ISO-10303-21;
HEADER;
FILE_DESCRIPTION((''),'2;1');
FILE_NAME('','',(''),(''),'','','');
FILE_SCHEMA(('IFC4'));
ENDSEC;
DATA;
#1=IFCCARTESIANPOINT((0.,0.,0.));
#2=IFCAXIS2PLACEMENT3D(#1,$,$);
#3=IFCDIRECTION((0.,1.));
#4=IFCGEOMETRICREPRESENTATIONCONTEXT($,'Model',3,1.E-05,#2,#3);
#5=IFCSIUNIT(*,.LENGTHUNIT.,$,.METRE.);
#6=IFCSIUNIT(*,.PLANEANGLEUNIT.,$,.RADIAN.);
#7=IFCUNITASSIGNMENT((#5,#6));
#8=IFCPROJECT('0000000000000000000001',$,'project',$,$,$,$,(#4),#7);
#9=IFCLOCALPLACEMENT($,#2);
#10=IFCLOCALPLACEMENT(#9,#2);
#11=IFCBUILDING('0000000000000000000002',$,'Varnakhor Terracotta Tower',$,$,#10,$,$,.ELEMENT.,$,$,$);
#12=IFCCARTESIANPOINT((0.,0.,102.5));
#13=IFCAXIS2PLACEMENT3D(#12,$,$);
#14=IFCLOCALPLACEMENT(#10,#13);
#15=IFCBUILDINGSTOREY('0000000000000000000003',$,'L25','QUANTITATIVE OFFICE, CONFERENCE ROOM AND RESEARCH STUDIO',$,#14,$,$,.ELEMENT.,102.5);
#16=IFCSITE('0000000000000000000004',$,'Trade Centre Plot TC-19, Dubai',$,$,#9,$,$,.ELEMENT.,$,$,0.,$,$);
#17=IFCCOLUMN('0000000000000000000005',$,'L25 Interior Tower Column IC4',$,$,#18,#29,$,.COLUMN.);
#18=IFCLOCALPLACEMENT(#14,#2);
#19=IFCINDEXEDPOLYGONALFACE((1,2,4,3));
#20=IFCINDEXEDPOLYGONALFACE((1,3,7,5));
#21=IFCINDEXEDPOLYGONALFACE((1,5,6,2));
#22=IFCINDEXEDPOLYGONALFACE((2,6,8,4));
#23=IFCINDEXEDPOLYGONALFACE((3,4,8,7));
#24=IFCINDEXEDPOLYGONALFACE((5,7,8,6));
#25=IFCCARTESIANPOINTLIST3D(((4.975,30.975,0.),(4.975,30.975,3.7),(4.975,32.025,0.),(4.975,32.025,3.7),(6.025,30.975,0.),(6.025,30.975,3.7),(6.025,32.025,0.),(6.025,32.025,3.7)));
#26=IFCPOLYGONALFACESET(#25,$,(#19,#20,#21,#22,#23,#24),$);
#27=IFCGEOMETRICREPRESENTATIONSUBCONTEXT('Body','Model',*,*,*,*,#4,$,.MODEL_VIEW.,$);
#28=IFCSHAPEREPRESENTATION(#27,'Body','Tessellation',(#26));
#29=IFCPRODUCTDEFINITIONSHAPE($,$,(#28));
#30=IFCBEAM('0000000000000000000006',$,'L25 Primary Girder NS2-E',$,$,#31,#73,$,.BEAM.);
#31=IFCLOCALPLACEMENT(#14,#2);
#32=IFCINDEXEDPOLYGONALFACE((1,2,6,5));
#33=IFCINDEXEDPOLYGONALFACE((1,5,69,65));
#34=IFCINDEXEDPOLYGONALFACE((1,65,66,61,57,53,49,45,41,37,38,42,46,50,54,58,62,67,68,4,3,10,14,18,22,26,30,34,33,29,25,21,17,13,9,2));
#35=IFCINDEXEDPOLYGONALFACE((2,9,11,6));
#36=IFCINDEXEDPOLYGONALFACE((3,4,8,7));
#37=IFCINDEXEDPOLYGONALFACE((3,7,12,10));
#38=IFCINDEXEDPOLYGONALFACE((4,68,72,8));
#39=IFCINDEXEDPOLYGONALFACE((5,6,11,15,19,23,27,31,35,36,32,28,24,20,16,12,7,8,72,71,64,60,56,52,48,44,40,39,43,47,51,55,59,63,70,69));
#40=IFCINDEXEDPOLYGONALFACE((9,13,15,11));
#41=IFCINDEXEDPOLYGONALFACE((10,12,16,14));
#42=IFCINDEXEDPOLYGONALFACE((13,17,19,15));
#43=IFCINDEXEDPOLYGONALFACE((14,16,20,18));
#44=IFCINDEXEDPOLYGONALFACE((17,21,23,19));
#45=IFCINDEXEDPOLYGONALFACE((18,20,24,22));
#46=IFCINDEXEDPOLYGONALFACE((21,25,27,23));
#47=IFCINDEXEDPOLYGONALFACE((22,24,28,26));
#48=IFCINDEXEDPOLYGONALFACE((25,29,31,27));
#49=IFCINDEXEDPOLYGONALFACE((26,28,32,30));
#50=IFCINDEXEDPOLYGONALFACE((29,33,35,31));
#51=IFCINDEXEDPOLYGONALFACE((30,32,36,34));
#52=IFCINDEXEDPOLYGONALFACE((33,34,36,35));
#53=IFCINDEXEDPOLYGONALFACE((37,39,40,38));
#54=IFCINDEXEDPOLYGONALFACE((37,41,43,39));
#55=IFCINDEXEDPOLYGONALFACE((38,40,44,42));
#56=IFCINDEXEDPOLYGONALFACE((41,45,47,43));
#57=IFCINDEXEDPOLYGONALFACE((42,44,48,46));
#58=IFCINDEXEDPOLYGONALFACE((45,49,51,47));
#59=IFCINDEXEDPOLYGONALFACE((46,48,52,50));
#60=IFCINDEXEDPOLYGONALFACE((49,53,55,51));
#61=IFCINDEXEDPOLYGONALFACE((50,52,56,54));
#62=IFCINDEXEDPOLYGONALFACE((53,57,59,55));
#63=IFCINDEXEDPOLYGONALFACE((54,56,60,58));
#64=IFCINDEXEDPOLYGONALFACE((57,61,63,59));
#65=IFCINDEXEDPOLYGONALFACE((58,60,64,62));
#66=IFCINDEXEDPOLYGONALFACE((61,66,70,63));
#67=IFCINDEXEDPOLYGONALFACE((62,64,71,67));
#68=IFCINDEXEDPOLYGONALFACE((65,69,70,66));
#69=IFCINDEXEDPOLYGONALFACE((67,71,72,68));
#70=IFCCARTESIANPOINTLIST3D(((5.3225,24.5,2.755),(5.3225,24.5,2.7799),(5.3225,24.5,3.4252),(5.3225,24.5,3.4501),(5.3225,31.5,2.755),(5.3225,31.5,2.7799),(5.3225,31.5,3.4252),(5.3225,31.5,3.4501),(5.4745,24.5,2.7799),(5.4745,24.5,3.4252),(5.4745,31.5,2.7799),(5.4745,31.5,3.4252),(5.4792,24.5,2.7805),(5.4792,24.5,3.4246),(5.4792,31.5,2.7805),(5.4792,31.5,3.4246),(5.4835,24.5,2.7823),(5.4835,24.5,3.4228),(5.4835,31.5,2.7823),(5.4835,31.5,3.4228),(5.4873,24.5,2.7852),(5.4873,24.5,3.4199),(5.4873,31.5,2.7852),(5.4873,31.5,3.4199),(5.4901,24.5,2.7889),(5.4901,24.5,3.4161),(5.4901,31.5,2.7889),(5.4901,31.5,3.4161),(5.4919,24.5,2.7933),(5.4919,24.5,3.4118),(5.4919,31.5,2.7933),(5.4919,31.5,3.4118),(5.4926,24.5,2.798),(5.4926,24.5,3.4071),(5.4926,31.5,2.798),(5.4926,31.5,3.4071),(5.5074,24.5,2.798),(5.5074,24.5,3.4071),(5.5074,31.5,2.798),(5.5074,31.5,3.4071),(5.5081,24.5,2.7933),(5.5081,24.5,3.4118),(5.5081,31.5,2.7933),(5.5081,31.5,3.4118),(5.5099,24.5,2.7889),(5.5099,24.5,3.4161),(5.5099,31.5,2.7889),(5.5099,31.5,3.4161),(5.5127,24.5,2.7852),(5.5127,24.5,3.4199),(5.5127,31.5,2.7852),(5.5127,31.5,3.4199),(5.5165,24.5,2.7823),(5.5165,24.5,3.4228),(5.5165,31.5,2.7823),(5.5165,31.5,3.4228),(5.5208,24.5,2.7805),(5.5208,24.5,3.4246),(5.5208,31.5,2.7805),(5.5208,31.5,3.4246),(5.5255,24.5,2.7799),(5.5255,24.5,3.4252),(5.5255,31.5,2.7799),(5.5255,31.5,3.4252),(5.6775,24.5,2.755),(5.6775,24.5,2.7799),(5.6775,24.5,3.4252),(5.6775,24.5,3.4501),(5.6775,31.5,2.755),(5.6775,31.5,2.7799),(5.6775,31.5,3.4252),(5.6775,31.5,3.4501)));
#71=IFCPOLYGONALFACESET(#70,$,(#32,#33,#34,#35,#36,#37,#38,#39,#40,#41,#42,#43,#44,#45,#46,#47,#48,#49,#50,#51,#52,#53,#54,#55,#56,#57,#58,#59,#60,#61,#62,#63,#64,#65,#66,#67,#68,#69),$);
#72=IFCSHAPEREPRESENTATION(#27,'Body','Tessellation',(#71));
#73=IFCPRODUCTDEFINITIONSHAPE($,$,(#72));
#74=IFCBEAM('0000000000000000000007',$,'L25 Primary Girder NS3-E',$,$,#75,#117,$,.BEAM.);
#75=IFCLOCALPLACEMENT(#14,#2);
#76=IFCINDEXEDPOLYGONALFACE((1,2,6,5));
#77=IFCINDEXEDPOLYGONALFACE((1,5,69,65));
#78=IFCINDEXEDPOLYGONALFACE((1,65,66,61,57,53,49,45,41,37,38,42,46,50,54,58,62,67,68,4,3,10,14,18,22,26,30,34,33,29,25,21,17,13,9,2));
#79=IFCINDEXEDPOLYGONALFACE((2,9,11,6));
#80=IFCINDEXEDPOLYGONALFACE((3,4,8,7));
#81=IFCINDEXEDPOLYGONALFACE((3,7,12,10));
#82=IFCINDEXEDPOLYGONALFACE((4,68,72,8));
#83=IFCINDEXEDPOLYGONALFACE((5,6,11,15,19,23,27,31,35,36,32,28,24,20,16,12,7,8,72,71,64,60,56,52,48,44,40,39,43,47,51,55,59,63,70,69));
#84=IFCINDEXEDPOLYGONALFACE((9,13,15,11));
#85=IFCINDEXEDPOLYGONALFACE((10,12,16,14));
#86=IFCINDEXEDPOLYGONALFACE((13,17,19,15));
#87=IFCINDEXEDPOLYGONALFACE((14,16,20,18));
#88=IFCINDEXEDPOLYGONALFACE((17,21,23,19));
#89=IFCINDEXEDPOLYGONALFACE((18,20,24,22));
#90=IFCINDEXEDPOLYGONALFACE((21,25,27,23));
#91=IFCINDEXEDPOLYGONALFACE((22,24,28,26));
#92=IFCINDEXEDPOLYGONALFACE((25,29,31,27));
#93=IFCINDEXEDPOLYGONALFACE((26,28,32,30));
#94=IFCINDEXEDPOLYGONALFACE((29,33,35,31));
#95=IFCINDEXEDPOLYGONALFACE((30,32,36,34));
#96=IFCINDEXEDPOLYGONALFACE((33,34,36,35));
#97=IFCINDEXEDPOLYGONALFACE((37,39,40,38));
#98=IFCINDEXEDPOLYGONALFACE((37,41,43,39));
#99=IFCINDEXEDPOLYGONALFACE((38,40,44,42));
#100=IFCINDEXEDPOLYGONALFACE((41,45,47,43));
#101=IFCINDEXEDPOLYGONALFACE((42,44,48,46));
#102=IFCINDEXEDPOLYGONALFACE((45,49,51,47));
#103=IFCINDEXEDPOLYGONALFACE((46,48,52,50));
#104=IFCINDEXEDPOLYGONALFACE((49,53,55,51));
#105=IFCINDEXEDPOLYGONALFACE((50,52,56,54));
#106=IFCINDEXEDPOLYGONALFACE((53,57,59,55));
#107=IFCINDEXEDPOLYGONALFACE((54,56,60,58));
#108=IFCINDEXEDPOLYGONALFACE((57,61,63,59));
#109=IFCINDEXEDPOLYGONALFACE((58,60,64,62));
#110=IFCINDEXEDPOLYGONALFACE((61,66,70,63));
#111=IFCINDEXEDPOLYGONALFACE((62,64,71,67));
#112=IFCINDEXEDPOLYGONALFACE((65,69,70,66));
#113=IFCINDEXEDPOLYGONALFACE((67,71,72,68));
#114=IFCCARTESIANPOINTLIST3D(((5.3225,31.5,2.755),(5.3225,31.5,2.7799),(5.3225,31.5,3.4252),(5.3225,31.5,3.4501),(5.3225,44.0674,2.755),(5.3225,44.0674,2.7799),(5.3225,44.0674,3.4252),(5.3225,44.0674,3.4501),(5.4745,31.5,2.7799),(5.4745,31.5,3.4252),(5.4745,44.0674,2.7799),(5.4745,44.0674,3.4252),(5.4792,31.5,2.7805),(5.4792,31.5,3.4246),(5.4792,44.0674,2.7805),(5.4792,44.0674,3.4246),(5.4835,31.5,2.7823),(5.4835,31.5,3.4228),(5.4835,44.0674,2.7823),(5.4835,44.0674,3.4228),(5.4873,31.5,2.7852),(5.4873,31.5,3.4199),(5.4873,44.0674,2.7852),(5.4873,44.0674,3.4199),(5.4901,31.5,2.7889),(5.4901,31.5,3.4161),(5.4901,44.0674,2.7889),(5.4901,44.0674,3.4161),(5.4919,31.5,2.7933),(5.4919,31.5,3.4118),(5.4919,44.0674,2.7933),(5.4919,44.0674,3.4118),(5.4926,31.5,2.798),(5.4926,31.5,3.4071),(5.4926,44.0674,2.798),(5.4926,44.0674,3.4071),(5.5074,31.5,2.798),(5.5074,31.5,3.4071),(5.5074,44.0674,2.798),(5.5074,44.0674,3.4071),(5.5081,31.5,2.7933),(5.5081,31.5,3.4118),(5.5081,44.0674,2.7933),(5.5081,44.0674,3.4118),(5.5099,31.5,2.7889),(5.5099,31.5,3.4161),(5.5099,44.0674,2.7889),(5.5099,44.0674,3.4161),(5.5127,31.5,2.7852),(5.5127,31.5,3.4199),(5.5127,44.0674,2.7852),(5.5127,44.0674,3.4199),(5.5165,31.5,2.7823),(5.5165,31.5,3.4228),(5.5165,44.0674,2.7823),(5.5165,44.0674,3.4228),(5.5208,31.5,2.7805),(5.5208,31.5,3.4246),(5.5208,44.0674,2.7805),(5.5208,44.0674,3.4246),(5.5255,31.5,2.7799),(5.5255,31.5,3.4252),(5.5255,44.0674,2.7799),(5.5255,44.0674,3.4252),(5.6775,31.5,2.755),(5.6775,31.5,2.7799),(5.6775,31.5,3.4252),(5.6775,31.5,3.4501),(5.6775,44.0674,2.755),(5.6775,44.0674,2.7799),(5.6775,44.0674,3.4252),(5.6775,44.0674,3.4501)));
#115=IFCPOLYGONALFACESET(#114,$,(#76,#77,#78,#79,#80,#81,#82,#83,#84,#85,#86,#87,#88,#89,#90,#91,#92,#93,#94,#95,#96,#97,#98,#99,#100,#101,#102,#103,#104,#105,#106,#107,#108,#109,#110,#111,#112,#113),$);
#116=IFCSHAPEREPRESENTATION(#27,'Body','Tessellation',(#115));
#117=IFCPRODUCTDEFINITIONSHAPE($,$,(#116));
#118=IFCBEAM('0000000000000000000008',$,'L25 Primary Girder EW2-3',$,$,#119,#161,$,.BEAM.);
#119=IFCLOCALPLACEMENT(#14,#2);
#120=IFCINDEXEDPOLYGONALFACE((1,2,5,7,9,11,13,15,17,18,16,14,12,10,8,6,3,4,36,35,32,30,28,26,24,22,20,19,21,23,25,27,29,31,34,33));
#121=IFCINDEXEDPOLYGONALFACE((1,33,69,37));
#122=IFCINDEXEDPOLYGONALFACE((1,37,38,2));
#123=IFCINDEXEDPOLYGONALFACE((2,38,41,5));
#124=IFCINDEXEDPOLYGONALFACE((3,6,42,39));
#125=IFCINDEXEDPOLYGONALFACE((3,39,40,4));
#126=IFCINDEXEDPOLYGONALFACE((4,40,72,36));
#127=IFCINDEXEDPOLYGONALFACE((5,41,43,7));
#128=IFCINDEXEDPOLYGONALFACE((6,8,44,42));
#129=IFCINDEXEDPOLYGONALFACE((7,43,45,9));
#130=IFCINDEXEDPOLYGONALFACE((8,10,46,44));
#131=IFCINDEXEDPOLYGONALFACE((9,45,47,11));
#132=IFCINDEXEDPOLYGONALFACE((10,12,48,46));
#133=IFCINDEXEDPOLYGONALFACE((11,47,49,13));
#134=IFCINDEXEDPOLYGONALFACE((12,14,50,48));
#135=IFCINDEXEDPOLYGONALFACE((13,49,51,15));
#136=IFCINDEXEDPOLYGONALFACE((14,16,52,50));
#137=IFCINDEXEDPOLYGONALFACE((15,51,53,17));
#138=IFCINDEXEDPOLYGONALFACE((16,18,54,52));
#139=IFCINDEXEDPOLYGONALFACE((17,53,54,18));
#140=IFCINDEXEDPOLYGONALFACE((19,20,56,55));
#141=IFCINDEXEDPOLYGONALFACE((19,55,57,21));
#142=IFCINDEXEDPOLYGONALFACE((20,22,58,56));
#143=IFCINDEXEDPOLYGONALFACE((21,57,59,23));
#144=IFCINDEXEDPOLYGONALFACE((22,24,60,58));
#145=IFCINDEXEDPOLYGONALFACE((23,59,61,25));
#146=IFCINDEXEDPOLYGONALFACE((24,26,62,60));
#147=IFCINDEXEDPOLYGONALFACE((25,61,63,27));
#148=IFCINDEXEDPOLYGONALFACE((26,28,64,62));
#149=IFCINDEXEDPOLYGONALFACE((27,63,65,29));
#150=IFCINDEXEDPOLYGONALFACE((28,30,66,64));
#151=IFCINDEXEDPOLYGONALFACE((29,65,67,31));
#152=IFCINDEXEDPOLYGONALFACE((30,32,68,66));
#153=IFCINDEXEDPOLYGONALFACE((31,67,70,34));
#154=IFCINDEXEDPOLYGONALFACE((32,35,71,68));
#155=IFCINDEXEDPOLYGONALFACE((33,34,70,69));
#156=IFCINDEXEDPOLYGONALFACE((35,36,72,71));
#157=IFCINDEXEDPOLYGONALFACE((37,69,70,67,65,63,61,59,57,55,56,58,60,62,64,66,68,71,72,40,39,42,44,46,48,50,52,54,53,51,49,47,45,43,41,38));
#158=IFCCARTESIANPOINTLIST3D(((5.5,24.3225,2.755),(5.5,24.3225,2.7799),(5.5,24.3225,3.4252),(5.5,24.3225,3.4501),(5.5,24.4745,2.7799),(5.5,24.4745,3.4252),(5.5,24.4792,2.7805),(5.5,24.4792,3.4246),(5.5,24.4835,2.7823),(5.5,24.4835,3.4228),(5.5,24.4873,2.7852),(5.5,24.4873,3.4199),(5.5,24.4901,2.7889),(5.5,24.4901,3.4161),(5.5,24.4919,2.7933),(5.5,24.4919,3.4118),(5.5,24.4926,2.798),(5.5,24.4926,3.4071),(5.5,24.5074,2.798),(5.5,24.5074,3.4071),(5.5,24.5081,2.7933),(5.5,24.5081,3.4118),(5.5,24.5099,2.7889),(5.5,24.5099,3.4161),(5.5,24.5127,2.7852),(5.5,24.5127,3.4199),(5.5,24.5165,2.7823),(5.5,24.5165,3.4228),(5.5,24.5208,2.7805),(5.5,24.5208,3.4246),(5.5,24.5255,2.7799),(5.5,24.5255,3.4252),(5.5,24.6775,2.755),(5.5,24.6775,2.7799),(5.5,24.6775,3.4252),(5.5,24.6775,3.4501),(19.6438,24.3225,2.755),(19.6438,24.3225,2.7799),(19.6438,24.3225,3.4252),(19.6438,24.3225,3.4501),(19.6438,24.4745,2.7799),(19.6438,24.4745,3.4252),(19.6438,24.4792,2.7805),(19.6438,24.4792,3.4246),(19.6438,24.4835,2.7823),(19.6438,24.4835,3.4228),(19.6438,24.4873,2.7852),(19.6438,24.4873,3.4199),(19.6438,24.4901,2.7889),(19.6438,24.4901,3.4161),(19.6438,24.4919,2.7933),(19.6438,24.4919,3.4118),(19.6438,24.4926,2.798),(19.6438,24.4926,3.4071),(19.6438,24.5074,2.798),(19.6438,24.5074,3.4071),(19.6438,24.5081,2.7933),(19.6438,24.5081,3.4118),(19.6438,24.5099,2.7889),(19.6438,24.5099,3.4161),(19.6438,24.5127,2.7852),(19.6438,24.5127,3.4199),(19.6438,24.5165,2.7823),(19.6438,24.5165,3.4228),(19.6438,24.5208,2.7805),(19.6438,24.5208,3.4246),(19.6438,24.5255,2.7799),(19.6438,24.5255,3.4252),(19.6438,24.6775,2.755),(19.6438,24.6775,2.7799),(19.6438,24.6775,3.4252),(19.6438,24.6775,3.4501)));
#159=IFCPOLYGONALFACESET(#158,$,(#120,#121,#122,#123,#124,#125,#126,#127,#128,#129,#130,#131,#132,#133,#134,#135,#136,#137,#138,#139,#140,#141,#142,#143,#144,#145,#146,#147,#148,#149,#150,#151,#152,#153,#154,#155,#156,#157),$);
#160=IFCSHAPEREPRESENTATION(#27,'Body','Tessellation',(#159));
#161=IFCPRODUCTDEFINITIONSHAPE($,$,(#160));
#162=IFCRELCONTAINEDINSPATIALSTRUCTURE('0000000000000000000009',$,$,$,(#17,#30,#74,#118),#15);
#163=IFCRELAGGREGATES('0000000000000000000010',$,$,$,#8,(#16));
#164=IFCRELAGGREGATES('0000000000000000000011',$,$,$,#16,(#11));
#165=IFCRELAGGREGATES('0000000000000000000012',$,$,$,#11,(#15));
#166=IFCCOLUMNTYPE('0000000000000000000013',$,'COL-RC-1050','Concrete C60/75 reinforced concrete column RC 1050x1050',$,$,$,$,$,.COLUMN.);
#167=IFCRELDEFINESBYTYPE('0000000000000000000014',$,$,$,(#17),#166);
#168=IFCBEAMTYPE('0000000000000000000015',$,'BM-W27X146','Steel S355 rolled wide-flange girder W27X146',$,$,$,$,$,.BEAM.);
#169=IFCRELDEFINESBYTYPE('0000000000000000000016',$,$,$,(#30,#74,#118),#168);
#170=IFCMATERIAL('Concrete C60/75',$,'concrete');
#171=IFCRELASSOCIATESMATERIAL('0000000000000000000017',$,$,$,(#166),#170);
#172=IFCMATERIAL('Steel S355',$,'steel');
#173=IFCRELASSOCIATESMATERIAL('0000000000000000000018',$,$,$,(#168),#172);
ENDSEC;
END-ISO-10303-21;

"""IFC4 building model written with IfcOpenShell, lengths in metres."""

from ifc_helpers import new_model, si_unit, direction, frame, origin, origin_2d, place, context, subcontext, project, spatial, rectangle, i_section, extrude, source, transform, mapped, material, material_profile, profile_set, type_object, element, save


model = new_model("IFC4")

# Units and contexts
model_context = context("Model", 3, precision=1e-05, world=origin(), true_north=direction((0.0, 1.0)))
body_context = subcontext(model_context, "Body", "Model", "MODEL_VIEW")
ifc_project = project(units=[si_unit("LENGTHUNIT", "METRE"), si_unit("PLANEANGLEUNIT", "RADIAN")], contexts=[model_context])

# Site, building, storey
site_placement = place(None, origin())
site = spatial("IfcSite", under=ifc_project, at=site_placement, Name="Trade Centre Plot TC-19, Dubai", CompositionType="ELEMENT", RefElevation=0.0)
building_placement = place(site_placement, origin())
building = spatial("IfcBuilding", under=site, at=building_placement, Name="Varnakhor Terracotta Tower", CompositionType="ELEMENT")
storey_placement = place(building_placement, frame((0.0, 0.0, 102.5)))
storey = spatial("IfcBuildingStorey", under=building, at=storey_placement, Name="L25", Description="QUANTITATIVE OFFICE, CONFERENCE ROOM AND RESEARCH STUDIO", CompositionType="ELEMENT", Elevation=102.5)

# Column
ifc_material_1 = material(Name="Concrete C60/75", Category="concrete")
ifc_material_profile_1 = material_profile(ifc_material_1, rectangle(XDim=1.05, YDim=1.05, at=origin_2d()), Name="RC 1050x1050")
ifc_profile_set_1 = profile_set([ifc_material_profile_1], Name="Concrete C60/75")
column_type = type_object("IfcColumnType", Name="COL-RC-1050", Description="Concrete C60/75 reinforced concrete column RC 1050x1050", PredefinedType="COLUMN", material=ifc_profile_set_1)
shared_shape_1 = source(origin(), body_context, "Body", "SweptSolid", [
    extrude(rectangle(XDim=1.05, YDim=1.05, at=origin_2d()), origin(), (0.0, 0.0, 1.0), 3.7),
])
column_placement = place(storey_placement, frame((5.5, 31.5, 0.0), z_axis=(0.0, 0.0, 1.0), x_axis=(1.0, 0.0, 0.0)))
element("IfcColumn", 1, at=column_placement, inside=storey, type_object=column_type, Name="L25 Interior Tower Column IC4", PredefinedType="COLUMN", context=body_context, shape_type="MappedRepresentation", body=[
    mapped(shared_shape_1, transform((0.0, 0.0, 0.0), scale=1.0)),
])

# Beams
ifc_material_2 = material(Name="Steel S355", Category="steel")
ifc_material_profile_2 = material_profile(ifc_material_2, i_section(OverallWidth=0.355, OverallDepth=0.6951, WebThickness=0.0149, FlangeThickness=0.0249, FilletRadius=0.0181, at=origin_2d()), Name="W27X146")
ifc_profile_set_2 = profile_set([ifc_material_profile_2], Name="Steel S355")
beam_type_1 = type_object("IfcBeamType", Name="BM-W27X146", Description="Steel S355 rolled wide-flange girder W27X146", PredefinedType="BEAM", material=ifc_profile_set_2)
shared_shape_2 = source(origin(), body_context, "Body", "SweptSolid", [
    extrude(i_section(OverallWidth=0.355, OverallDepth=0.6951, WebThickness=0.0149, FlangeThickness=0.0249, FilletRadius=0.0181, at=origin_2d()), origin(), (0.0, 0.0, 1.0), 7.0),
])
beam_1_placement = place(storey_placement, frame((5.5, 24.5, 3.1025), z_axis=(0.0, 1.0, 0.0), x_axis=(-1.0, 0.0, 0.0)))
element("IfcBeam", 2, at=beam_1_placement, inside=storey, type_object=beam_type_1, Name="L25 Primary Girder NS2-E", PredefinedType="BEAM", context=body_context, shape_type="MappedRepresentation", body=[
    mapped(shared_shape_2, transform((0.0, 0.0, 0.0), scale=1.0)),
])
shared_shape_3 = source(origin(), body_context, "Body", "SweptSolid", [
    extrude(i_section(OverallWidth=0.355, OverallDepth=0.6951, WebThickness=0.0149, FlangeThickness=0.0249, FilletRadius=0.0181, at=origin_2d()), origin(), (0.0, 0.0, 1.0), 12.5674),
])
beam_2_placement = place(storey_placement, frame((5.5, 31.5, 3.1025), z_axis=(0.0, 1.0, 0.0), x_axis=(-1.0, 0.0, 0.0)))
element("IfcBeam", 3, at=beam_2_placement, inside=storey, type_object=beam_type_1, Name="L25 Primary Girder NS3-E", PredefinedType="BEAM", context=body_context, shape_type="MappedRepresentation", body=[
    mapped(shared_shape_3, transform((0.0, 0.0, 0.0), scale=1.0)),
])
shared_shape_4 = source(origin(), body_context, "Body", "SweptSolid", [
    extrude(i_section(OverallWidth=0.355, OverallDepth=0.6951, WebThickness=0.0149, FlangeThickness=0.0249, FilletRadius=0.0181, at=origin_2d()), origin(), (0.0, 0.0, 1.0), 14.1438),
])
beam_3_placement = place(storey_placement, frame((5.5, 24.5, 3.1025), z_axis=(1.0, 0.0, 0.0), x_axis=(0.0, 1.0, 0.0)))
element("IfcBeam", 4, at=beam_3_placement, inside=storey, type_object=beam_type_1, Name="L25 Primary Girder EW2-3", PredefinedType="BEAM", context=body_context, shape_type="MappedRepresentation", body=[
    mapped(shared_shape_4, transform((0.0, 0.0, 0.0), scale=1.0)),
])

save(model, "model.ifc")
